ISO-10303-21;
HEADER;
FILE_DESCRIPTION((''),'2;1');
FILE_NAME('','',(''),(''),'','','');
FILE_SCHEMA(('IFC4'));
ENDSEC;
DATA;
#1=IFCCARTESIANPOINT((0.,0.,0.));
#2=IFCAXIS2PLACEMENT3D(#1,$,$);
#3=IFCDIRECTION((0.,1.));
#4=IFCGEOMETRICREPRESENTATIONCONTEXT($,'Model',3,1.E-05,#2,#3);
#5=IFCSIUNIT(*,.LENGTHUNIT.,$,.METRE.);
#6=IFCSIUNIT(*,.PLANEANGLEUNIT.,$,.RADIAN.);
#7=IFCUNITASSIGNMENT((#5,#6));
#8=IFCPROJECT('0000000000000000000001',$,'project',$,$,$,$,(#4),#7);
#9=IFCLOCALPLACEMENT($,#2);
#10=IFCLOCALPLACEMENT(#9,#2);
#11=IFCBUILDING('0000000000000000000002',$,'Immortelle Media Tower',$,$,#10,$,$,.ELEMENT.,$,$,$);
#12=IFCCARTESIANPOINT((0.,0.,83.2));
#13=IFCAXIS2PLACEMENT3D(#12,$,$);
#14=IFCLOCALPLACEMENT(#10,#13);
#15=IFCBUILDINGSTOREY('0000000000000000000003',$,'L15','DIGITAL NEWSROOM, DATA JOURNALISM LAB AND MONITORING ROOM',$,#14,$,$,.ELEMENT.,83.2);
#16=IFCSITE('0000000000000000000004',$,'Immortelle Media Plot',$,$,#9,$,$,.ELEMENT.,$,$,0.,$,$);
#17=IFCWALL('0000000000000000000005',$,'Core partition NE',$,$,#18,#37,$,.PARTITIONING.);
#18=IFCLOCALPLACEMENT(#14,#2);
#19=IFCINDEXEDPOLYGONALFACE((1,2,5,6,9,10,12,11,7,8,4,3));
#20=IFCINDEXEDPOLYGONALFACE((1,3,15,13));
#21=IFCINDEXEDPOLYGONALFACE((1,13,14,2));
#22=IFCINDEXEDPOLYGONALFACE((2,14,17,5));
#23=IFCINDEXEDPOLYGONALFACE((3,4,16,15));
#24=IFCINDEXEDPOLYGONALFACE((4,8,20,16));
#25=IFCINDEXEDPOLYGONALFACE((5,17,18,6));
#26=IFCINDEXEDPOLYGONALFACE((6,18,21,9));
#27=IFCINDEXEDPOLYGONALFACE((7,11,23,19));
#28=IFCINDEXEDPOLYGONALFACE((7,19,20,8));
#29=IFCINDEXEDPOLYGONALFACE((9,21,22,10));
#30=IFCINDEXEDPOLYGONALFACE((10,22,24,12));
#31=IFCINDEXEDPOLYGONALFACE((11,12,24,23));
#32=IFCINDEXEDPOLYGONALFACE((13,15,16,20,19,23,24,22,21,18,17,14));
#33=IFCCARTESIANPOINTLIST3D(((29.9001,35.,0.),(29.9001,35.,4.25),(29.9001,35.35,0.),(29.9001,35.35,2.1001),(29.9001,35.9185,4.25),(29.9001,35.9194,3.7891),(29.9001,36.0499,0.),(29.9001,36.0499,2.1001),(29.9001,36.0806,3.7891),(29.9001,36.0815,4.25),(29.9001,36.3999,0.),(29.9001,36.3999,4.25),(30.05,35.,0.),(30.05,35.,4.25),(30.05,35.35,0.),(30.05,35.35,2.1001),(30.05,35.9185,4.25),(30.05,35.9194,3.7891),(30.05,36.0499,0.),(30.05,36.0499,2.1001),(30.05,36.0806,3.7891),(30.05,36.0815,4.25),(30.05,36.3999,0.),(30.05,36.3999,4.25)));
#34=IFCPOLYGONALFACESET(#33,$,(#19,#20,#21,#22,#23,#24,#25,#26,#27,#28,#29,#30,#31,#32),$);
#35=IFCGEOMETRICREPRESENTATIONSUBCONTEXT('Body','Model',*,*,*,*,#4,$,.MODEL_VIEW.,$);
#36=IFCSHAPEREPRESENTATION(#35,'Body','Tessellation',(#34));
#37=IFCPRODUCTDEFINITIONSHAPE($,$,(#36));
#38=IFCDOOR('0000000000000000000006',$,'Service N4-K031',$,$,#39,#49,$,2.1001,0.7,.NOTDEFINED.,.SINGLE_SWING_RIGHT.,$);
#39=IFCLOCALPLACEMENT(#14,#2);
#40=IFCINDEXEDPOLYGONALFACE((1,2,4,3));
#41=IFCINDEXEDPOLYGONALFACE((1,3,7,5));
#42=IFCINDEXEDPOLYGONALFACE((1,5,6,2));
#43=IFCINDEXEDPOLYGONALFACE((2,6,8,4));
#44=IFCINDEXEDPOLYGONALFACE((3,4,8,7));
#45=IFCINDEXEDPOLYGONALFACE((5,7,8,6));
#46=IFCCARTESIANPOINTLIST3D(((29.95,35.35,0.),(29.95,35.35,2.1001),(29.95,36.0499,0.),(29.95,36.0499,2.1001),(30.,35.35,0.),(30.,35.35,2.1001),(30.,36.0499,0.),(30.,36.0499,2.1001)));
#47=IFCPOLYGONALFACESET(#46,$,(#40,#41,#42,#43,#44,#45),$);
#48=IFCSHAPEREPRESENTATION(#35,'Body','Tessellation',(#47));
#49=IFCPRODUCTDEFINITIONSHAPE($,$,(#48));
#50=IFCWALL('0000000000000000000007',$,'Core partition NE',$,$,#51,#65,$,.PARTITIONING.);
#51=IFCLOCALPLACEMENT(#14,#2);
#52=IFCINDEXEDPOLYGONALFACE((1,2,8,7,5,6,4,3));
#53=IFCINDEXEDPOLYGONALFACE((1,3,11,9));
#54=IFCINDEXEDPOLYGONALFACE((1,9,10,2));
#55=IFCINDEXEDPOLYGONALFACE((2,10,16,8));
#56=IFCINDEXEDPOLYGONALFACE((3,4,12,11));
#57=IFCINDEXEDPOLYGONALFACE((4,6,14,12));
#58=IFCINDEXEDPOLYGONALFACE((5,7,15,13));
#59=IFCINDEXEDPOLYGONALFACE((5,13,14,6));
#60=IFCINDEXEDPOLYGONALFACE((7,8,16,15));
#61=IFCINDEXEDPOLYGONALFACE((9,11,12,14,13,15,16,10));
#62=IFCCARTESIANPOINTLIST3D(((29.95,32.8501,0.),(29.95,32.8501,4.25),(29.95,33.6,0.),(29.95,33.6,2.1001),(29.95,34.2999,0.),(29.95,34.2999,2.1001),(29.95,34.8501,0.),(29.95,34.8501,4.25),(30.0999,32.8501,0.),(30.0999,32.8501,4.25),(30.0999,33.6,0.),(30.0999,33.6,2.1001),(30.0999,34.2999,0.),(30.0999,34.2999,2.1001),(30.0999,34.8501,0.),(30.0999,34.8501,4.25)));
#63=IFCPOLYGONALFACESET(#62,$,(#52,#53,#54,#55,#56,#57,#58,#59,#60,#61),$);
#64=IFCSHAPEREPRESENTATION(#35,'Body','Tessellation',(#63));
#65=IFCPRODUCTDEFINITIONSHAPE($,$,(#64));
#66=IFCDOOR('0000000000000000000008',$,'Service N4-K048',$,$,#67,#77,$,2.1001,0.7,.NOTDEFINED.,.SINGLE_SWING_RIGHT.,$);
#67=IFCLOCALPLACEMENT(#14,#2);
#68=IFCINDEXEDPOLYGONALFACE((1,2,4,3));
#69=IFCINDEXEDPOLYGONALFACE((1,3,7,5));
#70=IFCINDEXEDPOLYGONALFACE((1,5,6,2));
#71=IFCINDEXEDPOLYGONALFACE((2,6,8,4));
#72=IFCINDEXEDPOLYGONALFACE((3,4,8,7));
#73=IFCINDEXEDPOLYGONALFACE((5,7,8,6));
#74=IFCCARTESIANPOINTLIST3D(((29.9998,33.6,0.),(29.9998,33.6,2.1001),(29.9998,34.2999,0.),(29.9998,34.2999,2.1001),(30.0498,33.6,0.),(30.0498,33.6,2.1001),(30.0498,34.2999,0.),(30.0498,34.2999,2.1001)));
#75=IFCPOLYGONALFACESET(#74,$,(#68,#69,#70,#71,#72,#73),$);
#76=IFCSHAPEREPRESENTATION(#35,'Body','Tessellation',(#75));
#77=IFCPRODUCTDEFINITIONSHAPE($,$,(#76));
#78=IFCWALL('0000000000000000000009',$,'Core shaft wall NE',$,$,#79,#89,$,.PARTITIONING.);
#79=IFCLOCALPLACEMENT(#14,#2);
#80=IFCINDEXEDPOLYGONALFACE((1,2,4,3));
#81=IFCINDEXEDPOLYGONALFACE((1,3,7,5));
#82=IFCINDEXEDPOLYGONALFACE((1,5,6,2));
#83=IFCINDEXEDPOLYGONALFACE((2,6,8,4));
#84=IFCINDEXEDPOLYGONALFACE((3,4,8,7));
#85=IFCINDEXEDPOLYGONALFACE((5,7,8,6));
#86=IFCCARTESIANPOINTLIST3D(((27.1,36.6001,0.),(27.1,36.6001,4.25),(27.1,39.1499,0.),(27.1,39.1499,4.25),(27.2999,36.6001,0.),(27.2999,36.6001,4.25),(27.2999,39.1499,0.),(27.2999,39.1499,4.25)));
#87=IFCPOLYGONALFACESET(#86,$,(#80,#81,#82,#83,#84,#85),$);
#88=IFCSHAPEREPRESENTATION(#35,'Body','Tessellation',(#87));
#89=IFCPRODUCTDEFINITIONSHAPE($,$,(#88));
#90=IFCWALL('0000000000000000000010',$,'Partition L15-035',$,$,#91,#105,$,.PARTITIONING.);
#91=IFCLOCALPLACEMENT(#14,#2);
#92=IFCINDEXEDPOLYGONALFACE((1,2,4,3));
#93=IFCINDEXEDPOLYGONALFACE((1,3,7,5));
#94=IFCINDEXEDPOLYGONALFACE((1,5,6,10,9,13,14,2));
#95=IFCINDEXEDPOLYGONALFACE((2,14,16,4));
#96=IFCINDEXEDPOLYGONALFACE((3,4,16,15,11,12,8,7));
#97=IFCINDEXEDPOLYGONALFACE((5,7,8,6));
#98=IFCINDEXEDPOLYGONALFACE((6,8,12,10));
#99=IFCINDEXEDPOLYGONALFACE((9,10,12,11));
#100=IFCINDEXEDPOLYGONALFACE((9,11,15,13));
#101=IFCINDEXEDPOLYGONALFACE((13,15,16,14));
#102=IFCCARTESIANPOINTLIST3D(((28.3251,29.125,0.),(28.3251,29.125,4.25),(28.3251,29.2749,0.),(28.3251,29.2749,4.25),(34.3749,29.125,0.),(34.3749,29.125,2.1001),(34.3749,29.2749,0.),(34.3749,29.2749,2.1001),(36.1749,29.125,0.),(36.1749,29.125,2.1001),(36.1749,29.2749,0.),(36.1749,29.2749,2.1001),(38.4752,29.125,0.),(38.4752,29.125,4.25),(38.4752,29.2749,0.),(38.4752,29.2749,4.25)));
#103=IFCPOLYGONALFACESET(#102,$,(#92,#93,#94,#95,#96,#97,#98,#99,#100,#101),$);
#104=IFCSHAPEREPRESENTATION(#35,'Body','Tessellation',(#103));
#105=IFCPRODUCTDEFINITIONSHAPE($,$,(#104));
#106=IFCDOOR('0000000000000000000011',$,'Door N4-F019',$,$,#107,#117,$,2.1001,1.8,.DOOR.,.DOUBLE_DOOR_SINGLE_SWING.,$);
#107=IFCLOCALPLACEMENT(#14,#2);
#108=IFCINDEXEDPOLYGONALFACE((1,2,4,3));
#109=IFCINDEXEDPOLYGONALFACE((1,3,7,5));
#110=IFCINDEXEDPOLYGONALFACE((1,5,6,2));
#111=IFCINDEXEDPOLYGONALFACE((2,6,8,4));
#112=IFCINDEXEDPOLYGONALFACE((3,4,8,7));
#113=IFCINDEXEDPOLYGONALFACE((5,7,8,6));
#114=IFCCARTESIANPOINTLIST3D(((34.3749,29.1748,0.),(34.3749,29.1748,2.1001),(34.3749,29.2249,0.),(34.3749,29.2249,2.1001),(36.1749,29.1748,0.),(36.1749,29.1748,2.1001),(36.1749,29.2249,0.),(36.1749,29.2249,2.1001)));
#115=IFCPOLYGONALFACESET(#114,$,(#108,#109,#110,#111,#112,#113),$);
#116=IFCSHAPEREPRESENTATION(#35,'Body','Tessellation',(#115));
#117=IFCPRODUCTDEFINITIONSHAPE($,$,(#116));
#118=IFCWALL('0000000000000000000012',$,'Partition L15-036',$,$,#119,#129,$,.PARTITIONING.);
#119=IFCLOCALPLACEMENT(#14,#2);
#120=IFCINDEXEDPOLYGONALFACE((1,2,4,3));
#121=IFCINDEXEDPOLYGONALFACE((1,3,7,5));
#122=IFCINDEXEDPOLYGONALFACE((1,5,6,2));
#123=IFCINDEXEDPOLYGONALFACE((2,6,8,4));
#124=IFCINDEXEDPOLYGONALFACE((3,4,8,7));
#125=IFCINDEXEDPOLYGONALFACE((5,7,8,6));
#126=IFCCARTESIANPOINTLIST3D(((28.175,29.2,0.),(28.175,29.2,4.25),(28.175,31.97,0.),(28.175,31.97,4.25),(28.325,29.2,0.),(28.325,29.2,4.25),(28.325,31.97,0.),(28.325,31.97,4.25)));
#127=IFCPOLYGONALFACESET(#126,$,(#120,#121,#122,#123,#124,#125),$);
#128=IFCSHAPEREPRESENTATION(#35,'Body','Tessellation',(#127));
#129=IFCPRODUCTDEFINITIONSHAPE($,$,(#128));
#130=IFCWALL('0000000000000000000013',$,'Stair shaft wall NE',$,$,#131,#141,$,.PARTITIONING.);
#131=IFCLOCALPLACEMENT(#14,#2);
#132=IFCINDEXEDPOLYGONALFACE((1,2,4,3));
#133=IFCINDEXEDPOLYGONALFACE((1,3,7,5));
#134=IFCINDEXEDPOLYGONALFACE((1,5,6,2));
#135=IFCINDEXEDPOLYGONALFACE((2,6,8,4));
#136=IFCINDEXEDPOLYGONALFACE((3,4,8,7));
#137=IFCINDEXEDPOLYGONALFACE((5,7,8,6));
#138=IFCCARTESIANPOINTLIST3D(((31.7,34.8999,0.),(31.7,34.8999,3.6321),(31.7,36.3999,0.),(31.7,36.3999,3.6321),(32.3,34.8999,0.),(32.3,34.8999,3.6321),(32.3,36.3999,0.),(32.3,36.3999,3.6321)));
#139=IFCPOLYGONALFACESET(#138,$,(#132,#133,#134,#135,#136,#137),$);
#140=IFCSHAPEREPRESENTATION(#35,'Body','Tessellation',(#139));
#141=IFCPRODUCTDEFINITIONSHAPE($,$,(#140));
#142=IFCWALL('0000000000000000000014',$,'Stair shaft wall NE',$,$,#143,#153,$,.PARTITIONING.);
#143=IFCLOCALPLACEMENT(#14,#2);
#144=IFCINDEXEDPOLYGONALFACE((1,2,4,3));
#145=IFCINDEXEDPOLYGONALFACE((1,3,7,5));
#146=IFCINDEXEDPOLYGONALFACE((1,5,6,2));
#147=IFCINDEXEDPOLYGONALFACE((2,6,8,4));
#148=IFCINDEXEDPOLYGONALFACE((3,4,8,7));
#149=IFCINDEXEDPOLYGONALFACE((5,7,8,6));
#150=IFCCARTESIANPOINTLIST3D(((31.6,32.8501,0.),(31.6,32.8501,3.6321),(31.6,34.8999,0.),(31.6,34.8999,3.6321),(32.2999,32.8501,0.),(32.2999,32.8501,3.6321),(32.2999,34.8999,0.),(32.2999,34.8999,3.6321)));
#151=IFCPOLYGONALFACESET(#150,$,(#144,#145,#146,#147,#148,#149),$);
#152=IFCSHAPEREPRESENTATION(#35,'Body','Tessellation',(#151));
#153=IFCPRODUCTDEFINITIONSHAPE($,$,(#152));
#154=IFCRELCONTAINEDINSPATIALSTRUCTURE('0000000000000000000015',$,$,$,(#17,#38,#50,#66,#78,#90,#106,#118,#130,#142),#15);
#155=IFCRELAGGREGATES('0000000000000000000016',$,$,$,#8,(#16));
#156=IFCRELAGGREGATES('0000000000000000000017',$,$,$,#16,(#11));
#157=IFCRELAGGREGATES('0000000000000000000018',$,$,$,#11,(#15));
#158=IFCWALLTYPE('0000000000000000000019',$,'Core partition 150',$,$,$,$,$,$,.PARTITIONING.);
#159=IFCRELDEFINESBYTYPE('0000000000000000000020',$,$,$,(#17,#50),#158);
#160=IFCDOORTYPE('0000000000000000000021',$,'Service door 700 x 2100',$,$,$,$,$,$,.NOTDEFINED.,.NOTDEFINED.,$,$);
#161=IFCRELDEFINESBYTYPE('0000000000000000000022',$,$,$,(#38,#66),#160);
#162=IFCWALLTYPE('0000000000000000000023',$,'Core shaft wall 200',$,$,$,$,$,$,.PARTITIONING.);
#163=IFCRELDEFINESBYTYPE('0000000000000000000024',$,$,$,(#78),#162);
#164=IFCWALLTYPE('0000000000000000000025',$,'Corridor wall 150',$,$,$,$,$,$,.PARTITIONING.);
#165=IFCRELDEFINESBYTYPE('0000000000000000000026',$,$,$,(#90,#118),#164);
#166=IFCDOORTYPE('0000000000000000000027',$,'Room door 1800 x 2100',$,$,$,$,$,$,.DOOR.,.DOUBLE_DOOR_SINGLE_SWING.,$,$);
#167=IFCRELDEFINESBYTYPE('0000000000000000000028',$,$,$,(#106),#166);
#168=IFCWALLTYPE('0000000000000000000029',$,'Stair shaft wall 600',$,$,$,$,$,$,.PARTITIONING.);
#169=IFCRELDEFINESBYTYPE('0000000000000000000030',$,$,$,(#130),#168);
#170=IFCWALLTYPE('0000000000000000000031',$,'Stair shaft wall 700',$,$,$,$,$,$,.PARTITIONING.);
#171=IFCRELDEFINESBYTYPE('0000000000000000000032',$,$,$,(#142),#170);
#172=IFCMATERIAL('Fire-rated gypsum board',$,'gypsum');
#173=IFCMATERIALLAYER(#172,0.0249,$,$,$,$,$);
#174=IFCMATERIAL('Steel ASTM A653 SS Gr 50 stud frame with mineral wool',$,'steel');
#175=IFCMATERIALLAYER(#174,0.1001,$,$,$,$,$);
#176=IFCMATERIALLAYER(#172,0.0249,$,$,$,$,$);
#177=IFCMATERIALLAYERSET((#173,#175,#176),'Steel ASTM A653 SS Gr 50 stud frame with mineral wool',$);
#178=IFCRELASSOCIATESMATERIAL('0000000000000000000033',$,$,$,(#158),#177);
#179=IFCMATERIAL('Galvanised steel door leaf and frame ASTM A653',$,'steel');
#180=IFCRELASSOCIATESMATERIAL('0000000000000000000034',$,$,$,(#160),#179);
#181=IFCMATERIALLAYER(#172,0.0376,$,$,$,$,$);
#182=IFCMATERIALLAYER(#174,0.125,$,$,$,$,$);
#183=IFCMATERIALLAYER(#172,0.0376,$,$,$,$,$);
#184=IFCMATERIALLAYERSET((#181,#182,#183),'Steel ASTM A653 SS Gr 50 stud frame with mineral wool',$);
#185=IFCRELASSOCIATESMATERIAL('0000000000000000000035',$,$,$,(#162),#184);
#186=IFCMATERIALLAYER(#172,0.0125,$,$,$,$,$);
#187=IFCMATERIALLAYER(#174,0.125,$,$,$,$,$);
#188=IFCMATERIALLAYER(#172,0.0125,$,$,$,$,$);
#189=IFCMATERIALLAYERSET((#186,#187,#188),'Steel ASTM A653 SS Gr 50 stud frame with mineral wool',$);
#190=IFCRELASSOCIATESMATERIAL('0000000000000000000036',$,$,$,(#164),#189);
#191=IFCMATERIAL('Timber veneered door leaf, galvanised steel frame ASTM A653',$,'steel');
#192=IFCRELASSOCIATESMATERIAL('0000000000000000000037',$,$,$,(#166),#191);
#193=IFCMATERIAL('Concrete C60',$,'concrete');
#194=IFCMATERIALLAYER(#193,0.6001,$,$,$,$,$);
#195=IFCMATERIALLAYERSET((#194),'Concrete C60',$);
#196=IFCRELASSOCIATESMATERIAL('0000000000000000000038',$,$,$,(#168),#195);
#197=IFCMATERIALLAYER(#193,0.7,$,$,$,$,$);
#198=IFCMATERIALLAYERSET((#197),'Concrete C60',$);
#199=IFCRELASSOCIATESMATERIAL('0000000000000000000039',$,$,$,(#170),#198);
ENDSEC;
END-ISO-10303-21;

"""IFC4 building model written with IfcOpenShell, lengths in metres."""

from ifc_helpers import new_model, si_unit, direction, frame, frame_2d, origin, place, context, subcontext, project, spatial, polyline, rectangle, outline, extrude, material, layer, layer_set, type_object, element, fill, save


model = new_model("IFC4")

# Units and contexts
model_context = context("Model", 3, precision=1e-05, world=origin(), true_north=direction((0.0, 1.0)))
body_context = subcontext(model_context, "Body", "Model", "MODEL_VIEW")
ifc_project = project(units=[si_unit("LENGTHUNIT", "METRE"), si_unit("PLANEANGLEUNIT", "RADIAN")], contexts=[model_context])

# Site, building, storey
site_placement = place(None, origin())
site = spatial("IfcSite", under=ifc_project, at=site_placement, Name="Immortelle Media Plot", CompositionType="ELEMENT", RefElevation=0.0)
building_placement = place(site_placement, origin())
building = spatial("IfcBuilding", under=site, at=building_placement, Name="Immortelle Media Tower", CompositionType="ELEMENT")
storey_placement = place(building_placement, frame((0.0, 0.0, 83.2)))
storey = spatial("IfcBuildingStorey", under=building, at=storey_placement, Name="L15", Description="DIGITAL NEWSROOM, DATA JOURNALISM LAB AND MONITORING ROOM", CompositionType="ELEMENT", Elevation=83.2)

# Shared definitions
ifc_material_1 = material(Name="Fire-rated gypsum board", Category="gypsum")
ifc_material_2 = material(Name="Steel ASTM A653 SS Gr 50 stud frame with mineral wool", Category="steel")

# Shared definitions
ifc_layer_1 = layer(ifc_material_1, 0.0249)
ifc_layer_2 = layer(ifc_material_2, 0.1001)
ifc_layer_3 = layer(ifc_material_1, 0.0249)
ifc_layer_set_1 = layer_set([ifc_layer_1, ifc_layer_2, ifc_layer_3], Name="Steel ASTM A653 SS Gr 50 stud frame with mineral wool")
wall_type_1 = type_object("IfcWallType", Name="Core partition 150", PredefinedType="PARTITIONING", material=ifc_layer_set_1)
ifc_material_3 = material(Name="Galvanised steel door leaf and frame ASTM A653", Category="steel")
door_type_1 = type_object("IfcDoorType", Name="Service door 700 x 2100", OperationType="NOTDEFINED", PredefinedType="NOTDEFINED", material=ifc_material_3)

# Walls, openings, doors
wall_1_placement = place(storey_placement, frame((29.9751, 35.0, 0.0), z_axis=(0.0, 0.0, 1.0), x_axis=(0.0, 1.0, 0.0)))
wall_1 = element("IfcWall", 1, at=wall_1_placement, inside=storey, type_object=wall_type_1, Name="Core partition NE", PredefinedType="PARTITIONING", context=body_context, shape_type="SweptSolid", body=[
    extrude(outline(polyline([(0.0, 0.0), (1.3999, 0.0), (1.3999, 4.25), (1.0815, 4.25), (1.0806, 3.7891), (0.9194, 3.7891), (0.9185, 4.25), (0.0, 4.25), (0.0, 0.0)])), frame((0.0, 0.075, 0.0), z_axis=(0.0, -1.0, 0.0), x_axis=(1.0, 0.0, 0.0)), (0.0, 0.0, 1.0), 0.1499),
])
opening_1_placement = place(wall_1_placement, frame((1.05, 0.0, 0.0), z_axis=(0.0, 0.0, 1.0), x_axis=(-1.0, 0.0, 0.0)))
opening_1 = element("IfcOpeningElement", 2, at=opening_1_placement, cuts=wall_1, PredefinedType="OPENING", context=body_context, shape_type="SweptSolid", body=[
    extrude(rectangle(XDim=0.7, YDim=2.1001, at=frame_2d((0.3501, 1.05))), frame((0.0, 0.085, 0.0), z_axis=(0.0, -1.0, 0.0), x_axis=(1.0, 0.0, 0.0)), (0.0, 0.0, 1.0), 0.1699),
])
door_1_placement = place(opening_1_placement, origin())
door_1 = element("IfcDoor", 3, at=door_1_placement, inside=storey, type_object=door_type_1, Name="Service N4-K031", OperationType="SINGLE_SWING_RIGHT", OverallHeight=2.1001, OverallWidth=0.7, PredefinedType="NOTDEFINED", context=body_context, shape_type="SweptSolid", body=[
    extrude(rectangle(XDim=0.7, YDim=2.1001, at=frame_2d((0.3501, 1.05))), frame((0.0, 0.0249, 0.0), z_axis=(0.0, -1.0, 0.0), x_axis=(1.0, 0.0, 0.0)), (0.0, 0.0, 1.0), 0.05),
])
fill(opening_1, door_1)
wall_2_placement = place(storey_placement, frame((30.0249, 32.8501, 0.0), z_axis=(0.0, 0.0, 1.0), x_axis=(0.0, 1.0, 0.0)))
wall_2 = element("IfcWall", 4, at=wall_2_placement, inside=storey, type_object=wall_type_1, Name="Core partition NE", PredefinedType="PARTITIONING", context=body_context, shape_type="SweptSolid", body=[
    extrude(rectangle(XDim=2.0, YDim=0.1499, at=frame_2d((1.0, 0.0))), origin(), (0.0, 0.0, 1.0), 4.25),
])
opening_2_placement = place(wall_2_placement, frame((1.45, 0.0, 0.0), z_axis=(0.0, 0.0, 1.0), x_axis=(-1.0, 0.0, 0.0)))
opening_2 = element("IfcOpeningElement", 5, at=opening_2_placement, cuts=wall_2, PredefinedType="OPENING", context=body_context, shape_type="SweptSolid", body=[
    extrude(rectangle(XDim=0.7, YDim=2.1001, at=frame_2d((0.3501, 1.05))), frame((0.0, 0.085, 0.0), z_axis=(0.0, -1.0, 0.0), x_axis=(1.0, 0.0, 0.0)), (0.0, 0.0, 1.0), 0.1699),
])
door_2_placement = place(opening_2_placement, origin())
door_2 = element("IfcDoor", 6, at=door_2_placement, inside=storey, type_object=door_type_1, Name="Service N4-K048", OperationType="SINGLE_SWING_RIGHT", OverallHeight=2.1001, OverallWidth=0.7, PredefinedType="NOTDEFINED", context=body_context, shape_type="SweptSolid", body=[
    extrude(rectangle(XDim=0.7, YDim=2.1001, at=frame_2d((0.3501, 1.05))), frame((0.0, 0.0249, 0.0), z_axis=(0.0, -1.0, 0.0), x_axis=(1.0, 0.0, 0.0)), (0.0, 0.0, 1.0), 0.05),
])
fill(opening_2, door_2)

# Wall
ifc_layer_4 = layer(ifc_material_1, 0.0376)
ifc_layer_5 = layer(ifc_material_2, 0.125)
ifc_layer_6 = layer(ifc_material_1, 0.0376)
ifc_layer_set_2 = layer_set([ifc_layer_4, ifc_layer_5, ifc_layer_6], Name="Steel ASTM A653 SS Gr 50 stud frame with mineral wool")
wall_type_2 = type_object("IfcWallType", Name="Core shaft wall 200", PredefinedType="PARTITIONING", material=ifc_layer_set_2)
wall_3_placement = place(storey_placement, frame((27.2, 36.6001, 0.0), z_axis=(0.0, 0.0, 1.0), x_axis=(0.0, 1.0, 0.0)))
element("IfcWall", 7, at=wall_3_placement, inside=storey, type_object=wall_type_2, Name="Core shaft wall NE", PredefinedType="PARTITIONING", context=body_context, shape_type="SweptSolid", body=[
    extrude(rectangle(XDim=2.5498, YDim=0.2, at=frame_2d((1.2749, 0.0))), origin(), (0.0, 0.0, 1.0), 4.25),
])

# Wall, opening, door
ifc_layer_7 = layer(ifc_material_1, 0.0125)
ifc_layer_8 = layer(ifc_material_2, 0.125)
ifc_layer_9 = layer(ifc_material_1, 0.0125)
ifc_layer_set_3 = layer_set([ifc_layer_7, ifc_layer_8, ifc_layer_9], Name="Steel ASTM A653 SS Gr 50 stud frame with mineral wool")
wall_type_3 = type_object("IfcWallType", Name="Corridor wall 150", PredefinedType="PARTITIONING", material=ifc_layer_set_3)
wall_4_placement = place(storey_placement, frame((28.325, 29.2, 0.0), z_axis=(0.0, 0.0, 1.0), x_axis=(1.0, 0.0, 0.0)))
wall_4 = element("IfcWall", 8, at=wall_4_placement, inside=storey, type_object=wall_type_3, Name="Partition L15-035", PredefinedType="PARTITIONING", context=body_context, shape_type="SweptSolid", body=[
    extrude(rectangle(XDim=10.1501, YDim=0.1499, at=frame_2d((5.0752, 0.0))), origin(), (0.0, 0.0, 1.0), 4.25),
])
opening_3_placement = place(wall_4_placement, frame((6.05, 0.0, 0.0)))
opening_3 = element("IfcOpeningElement", 9, at=opening_3_placement, cuts=wall_4, PredefinedType="OPENING", context=body_context, shape_type="SweptSolid", body=[
    extrude(rectangle(XDim=1.8, YDim=2.1001, at=frame_2d((0.8999, 1.05))), frame((0.0, 0.085, 0.0), z_axis=(0.0, -1.0, 0.0), x_axis=(1.0, 0.0, 0.0)), (0.0, 0.0, 1.0), 0.1699),
])
ifc_material_4 = material(Name="Timber veneered door leaf, galvanised steel frame ASTM A653", Category="steel")
door_type_2 = type_object("IfcDoorType", Name="Room door 1800 x 2100", OperationType="DOUBLE_DOOR_SINGLE_SWING", PredefinedType="DOOR", material=ifc_material_4)
door_3_placement = place(opening_3_placement, origin())
door_3 = element("IfcDoor", 10, at=door_3_placement, inside=storey, type_object=door_type_2, Name="Door N4-F019", OperationType="DOUBLE_DOOR_SINGLE_SWING", OverallHeight=2.1001, OverallWidth=1.8, PredefinedType="DOOR", context=body_context, shape_type="SweptSolid", body=[
    extrude(rectangle(XDim=1.8, YDim=2.1001, at=frame_2d((0.8999, 1.05))), frame((0.0, 0.0249, 0.0), z_axis=(0.0, -1.0, 0.0), x_axis=(1.0, 0.0, 0.0)), (0.0, 0.0, 1.0), 0.05),
])
fill(opening_3, door_3)

# Walls
wall_5_placement = place(storey_placement, frame((28.25, 29.2, 0.0), z_axis=(0.0, 0.0, 1.0), x_axis=(0.0, 1.0, 0.0)))
element("IfcWall", 11, at=wall_5_placement, inside=storey, type_object=wall_type_3, Name="Partition L15-036", PredefinedType="PARTITIONING", context=body_context, shape_type="SweptSolid", body=[
    extrude(rectangle(XDim=2.77, YDim=0.1499, at=frame_2d((1.385, 0.0))), origin(), (0.0, 0.0, 1.0), 4.25),
])
ifc_material_5 = material(Name="Concrete C60", Category="concrete")
ifc_layer_10 = layer(ifc_material_5, 0.6001)
ifc_layer_set_4 = layer_set([ifc_layer_10], Name="Concrete C60")
wall_type_4 = type_object("IfcWallType", Name="Stair shaft wall 600", PredefinedType="PARTITIONING", material=ifc_layer_set_4)
wall_6_placement = place(storey_placement, frame((32.0, 34.8999, 0.0), z_axis=(0.0, 0.0, 1.0), x_axis=(0.0, 1.0, 0.0)))
element("IfcWall", 12, at=wall_6_placement, inside=storey, type_object=wall_type_4, Name="Stair shaft wall NE", PredefinedType="PARTITIONING", context=body_context, shape_type="SweptSolid", body=[
    extrude(rectangle(XDim=1.5, YDim=0.6001, at=frame_2d((0.75, 0.0))), origin(), (0.0, 0.0, 1.0), 3.6321),
])
ifc_layer_11 = layer(ifc_material_5, 0.7)
ifc_layer_set_5 = layer_set([ifc_layer_11], Name="Concrete C60")
wall_type_5 = type_object("IfcWallType", Name="Stair shaft wall 700", PredefinedType="PARTITIONING", material=ifc_layer_set_5)
wall_7_placement = place(storey_placement, frame((31.95, 32.8501, 0.0), z_axis=(0.0, 0.0, 1.0), x_axis=(0.0, 1.0, 0.0)))
element("IfcWall", 13, at=wall_7_placement, inside=storey, type_object=wall_type_5, Name="Stair shaft wall NE", PredefinedType="PARTITIONING", context=body_context, shape_type="SweptSolid", body=[
    extrude(rectangle(XDim=2.0498, YDim=0.7, at=frame_2d((1.0249, 0.0))), origin(), (0.0, 0.0, 1.0), 3.6321),
])

save(model, "model.ifc")
